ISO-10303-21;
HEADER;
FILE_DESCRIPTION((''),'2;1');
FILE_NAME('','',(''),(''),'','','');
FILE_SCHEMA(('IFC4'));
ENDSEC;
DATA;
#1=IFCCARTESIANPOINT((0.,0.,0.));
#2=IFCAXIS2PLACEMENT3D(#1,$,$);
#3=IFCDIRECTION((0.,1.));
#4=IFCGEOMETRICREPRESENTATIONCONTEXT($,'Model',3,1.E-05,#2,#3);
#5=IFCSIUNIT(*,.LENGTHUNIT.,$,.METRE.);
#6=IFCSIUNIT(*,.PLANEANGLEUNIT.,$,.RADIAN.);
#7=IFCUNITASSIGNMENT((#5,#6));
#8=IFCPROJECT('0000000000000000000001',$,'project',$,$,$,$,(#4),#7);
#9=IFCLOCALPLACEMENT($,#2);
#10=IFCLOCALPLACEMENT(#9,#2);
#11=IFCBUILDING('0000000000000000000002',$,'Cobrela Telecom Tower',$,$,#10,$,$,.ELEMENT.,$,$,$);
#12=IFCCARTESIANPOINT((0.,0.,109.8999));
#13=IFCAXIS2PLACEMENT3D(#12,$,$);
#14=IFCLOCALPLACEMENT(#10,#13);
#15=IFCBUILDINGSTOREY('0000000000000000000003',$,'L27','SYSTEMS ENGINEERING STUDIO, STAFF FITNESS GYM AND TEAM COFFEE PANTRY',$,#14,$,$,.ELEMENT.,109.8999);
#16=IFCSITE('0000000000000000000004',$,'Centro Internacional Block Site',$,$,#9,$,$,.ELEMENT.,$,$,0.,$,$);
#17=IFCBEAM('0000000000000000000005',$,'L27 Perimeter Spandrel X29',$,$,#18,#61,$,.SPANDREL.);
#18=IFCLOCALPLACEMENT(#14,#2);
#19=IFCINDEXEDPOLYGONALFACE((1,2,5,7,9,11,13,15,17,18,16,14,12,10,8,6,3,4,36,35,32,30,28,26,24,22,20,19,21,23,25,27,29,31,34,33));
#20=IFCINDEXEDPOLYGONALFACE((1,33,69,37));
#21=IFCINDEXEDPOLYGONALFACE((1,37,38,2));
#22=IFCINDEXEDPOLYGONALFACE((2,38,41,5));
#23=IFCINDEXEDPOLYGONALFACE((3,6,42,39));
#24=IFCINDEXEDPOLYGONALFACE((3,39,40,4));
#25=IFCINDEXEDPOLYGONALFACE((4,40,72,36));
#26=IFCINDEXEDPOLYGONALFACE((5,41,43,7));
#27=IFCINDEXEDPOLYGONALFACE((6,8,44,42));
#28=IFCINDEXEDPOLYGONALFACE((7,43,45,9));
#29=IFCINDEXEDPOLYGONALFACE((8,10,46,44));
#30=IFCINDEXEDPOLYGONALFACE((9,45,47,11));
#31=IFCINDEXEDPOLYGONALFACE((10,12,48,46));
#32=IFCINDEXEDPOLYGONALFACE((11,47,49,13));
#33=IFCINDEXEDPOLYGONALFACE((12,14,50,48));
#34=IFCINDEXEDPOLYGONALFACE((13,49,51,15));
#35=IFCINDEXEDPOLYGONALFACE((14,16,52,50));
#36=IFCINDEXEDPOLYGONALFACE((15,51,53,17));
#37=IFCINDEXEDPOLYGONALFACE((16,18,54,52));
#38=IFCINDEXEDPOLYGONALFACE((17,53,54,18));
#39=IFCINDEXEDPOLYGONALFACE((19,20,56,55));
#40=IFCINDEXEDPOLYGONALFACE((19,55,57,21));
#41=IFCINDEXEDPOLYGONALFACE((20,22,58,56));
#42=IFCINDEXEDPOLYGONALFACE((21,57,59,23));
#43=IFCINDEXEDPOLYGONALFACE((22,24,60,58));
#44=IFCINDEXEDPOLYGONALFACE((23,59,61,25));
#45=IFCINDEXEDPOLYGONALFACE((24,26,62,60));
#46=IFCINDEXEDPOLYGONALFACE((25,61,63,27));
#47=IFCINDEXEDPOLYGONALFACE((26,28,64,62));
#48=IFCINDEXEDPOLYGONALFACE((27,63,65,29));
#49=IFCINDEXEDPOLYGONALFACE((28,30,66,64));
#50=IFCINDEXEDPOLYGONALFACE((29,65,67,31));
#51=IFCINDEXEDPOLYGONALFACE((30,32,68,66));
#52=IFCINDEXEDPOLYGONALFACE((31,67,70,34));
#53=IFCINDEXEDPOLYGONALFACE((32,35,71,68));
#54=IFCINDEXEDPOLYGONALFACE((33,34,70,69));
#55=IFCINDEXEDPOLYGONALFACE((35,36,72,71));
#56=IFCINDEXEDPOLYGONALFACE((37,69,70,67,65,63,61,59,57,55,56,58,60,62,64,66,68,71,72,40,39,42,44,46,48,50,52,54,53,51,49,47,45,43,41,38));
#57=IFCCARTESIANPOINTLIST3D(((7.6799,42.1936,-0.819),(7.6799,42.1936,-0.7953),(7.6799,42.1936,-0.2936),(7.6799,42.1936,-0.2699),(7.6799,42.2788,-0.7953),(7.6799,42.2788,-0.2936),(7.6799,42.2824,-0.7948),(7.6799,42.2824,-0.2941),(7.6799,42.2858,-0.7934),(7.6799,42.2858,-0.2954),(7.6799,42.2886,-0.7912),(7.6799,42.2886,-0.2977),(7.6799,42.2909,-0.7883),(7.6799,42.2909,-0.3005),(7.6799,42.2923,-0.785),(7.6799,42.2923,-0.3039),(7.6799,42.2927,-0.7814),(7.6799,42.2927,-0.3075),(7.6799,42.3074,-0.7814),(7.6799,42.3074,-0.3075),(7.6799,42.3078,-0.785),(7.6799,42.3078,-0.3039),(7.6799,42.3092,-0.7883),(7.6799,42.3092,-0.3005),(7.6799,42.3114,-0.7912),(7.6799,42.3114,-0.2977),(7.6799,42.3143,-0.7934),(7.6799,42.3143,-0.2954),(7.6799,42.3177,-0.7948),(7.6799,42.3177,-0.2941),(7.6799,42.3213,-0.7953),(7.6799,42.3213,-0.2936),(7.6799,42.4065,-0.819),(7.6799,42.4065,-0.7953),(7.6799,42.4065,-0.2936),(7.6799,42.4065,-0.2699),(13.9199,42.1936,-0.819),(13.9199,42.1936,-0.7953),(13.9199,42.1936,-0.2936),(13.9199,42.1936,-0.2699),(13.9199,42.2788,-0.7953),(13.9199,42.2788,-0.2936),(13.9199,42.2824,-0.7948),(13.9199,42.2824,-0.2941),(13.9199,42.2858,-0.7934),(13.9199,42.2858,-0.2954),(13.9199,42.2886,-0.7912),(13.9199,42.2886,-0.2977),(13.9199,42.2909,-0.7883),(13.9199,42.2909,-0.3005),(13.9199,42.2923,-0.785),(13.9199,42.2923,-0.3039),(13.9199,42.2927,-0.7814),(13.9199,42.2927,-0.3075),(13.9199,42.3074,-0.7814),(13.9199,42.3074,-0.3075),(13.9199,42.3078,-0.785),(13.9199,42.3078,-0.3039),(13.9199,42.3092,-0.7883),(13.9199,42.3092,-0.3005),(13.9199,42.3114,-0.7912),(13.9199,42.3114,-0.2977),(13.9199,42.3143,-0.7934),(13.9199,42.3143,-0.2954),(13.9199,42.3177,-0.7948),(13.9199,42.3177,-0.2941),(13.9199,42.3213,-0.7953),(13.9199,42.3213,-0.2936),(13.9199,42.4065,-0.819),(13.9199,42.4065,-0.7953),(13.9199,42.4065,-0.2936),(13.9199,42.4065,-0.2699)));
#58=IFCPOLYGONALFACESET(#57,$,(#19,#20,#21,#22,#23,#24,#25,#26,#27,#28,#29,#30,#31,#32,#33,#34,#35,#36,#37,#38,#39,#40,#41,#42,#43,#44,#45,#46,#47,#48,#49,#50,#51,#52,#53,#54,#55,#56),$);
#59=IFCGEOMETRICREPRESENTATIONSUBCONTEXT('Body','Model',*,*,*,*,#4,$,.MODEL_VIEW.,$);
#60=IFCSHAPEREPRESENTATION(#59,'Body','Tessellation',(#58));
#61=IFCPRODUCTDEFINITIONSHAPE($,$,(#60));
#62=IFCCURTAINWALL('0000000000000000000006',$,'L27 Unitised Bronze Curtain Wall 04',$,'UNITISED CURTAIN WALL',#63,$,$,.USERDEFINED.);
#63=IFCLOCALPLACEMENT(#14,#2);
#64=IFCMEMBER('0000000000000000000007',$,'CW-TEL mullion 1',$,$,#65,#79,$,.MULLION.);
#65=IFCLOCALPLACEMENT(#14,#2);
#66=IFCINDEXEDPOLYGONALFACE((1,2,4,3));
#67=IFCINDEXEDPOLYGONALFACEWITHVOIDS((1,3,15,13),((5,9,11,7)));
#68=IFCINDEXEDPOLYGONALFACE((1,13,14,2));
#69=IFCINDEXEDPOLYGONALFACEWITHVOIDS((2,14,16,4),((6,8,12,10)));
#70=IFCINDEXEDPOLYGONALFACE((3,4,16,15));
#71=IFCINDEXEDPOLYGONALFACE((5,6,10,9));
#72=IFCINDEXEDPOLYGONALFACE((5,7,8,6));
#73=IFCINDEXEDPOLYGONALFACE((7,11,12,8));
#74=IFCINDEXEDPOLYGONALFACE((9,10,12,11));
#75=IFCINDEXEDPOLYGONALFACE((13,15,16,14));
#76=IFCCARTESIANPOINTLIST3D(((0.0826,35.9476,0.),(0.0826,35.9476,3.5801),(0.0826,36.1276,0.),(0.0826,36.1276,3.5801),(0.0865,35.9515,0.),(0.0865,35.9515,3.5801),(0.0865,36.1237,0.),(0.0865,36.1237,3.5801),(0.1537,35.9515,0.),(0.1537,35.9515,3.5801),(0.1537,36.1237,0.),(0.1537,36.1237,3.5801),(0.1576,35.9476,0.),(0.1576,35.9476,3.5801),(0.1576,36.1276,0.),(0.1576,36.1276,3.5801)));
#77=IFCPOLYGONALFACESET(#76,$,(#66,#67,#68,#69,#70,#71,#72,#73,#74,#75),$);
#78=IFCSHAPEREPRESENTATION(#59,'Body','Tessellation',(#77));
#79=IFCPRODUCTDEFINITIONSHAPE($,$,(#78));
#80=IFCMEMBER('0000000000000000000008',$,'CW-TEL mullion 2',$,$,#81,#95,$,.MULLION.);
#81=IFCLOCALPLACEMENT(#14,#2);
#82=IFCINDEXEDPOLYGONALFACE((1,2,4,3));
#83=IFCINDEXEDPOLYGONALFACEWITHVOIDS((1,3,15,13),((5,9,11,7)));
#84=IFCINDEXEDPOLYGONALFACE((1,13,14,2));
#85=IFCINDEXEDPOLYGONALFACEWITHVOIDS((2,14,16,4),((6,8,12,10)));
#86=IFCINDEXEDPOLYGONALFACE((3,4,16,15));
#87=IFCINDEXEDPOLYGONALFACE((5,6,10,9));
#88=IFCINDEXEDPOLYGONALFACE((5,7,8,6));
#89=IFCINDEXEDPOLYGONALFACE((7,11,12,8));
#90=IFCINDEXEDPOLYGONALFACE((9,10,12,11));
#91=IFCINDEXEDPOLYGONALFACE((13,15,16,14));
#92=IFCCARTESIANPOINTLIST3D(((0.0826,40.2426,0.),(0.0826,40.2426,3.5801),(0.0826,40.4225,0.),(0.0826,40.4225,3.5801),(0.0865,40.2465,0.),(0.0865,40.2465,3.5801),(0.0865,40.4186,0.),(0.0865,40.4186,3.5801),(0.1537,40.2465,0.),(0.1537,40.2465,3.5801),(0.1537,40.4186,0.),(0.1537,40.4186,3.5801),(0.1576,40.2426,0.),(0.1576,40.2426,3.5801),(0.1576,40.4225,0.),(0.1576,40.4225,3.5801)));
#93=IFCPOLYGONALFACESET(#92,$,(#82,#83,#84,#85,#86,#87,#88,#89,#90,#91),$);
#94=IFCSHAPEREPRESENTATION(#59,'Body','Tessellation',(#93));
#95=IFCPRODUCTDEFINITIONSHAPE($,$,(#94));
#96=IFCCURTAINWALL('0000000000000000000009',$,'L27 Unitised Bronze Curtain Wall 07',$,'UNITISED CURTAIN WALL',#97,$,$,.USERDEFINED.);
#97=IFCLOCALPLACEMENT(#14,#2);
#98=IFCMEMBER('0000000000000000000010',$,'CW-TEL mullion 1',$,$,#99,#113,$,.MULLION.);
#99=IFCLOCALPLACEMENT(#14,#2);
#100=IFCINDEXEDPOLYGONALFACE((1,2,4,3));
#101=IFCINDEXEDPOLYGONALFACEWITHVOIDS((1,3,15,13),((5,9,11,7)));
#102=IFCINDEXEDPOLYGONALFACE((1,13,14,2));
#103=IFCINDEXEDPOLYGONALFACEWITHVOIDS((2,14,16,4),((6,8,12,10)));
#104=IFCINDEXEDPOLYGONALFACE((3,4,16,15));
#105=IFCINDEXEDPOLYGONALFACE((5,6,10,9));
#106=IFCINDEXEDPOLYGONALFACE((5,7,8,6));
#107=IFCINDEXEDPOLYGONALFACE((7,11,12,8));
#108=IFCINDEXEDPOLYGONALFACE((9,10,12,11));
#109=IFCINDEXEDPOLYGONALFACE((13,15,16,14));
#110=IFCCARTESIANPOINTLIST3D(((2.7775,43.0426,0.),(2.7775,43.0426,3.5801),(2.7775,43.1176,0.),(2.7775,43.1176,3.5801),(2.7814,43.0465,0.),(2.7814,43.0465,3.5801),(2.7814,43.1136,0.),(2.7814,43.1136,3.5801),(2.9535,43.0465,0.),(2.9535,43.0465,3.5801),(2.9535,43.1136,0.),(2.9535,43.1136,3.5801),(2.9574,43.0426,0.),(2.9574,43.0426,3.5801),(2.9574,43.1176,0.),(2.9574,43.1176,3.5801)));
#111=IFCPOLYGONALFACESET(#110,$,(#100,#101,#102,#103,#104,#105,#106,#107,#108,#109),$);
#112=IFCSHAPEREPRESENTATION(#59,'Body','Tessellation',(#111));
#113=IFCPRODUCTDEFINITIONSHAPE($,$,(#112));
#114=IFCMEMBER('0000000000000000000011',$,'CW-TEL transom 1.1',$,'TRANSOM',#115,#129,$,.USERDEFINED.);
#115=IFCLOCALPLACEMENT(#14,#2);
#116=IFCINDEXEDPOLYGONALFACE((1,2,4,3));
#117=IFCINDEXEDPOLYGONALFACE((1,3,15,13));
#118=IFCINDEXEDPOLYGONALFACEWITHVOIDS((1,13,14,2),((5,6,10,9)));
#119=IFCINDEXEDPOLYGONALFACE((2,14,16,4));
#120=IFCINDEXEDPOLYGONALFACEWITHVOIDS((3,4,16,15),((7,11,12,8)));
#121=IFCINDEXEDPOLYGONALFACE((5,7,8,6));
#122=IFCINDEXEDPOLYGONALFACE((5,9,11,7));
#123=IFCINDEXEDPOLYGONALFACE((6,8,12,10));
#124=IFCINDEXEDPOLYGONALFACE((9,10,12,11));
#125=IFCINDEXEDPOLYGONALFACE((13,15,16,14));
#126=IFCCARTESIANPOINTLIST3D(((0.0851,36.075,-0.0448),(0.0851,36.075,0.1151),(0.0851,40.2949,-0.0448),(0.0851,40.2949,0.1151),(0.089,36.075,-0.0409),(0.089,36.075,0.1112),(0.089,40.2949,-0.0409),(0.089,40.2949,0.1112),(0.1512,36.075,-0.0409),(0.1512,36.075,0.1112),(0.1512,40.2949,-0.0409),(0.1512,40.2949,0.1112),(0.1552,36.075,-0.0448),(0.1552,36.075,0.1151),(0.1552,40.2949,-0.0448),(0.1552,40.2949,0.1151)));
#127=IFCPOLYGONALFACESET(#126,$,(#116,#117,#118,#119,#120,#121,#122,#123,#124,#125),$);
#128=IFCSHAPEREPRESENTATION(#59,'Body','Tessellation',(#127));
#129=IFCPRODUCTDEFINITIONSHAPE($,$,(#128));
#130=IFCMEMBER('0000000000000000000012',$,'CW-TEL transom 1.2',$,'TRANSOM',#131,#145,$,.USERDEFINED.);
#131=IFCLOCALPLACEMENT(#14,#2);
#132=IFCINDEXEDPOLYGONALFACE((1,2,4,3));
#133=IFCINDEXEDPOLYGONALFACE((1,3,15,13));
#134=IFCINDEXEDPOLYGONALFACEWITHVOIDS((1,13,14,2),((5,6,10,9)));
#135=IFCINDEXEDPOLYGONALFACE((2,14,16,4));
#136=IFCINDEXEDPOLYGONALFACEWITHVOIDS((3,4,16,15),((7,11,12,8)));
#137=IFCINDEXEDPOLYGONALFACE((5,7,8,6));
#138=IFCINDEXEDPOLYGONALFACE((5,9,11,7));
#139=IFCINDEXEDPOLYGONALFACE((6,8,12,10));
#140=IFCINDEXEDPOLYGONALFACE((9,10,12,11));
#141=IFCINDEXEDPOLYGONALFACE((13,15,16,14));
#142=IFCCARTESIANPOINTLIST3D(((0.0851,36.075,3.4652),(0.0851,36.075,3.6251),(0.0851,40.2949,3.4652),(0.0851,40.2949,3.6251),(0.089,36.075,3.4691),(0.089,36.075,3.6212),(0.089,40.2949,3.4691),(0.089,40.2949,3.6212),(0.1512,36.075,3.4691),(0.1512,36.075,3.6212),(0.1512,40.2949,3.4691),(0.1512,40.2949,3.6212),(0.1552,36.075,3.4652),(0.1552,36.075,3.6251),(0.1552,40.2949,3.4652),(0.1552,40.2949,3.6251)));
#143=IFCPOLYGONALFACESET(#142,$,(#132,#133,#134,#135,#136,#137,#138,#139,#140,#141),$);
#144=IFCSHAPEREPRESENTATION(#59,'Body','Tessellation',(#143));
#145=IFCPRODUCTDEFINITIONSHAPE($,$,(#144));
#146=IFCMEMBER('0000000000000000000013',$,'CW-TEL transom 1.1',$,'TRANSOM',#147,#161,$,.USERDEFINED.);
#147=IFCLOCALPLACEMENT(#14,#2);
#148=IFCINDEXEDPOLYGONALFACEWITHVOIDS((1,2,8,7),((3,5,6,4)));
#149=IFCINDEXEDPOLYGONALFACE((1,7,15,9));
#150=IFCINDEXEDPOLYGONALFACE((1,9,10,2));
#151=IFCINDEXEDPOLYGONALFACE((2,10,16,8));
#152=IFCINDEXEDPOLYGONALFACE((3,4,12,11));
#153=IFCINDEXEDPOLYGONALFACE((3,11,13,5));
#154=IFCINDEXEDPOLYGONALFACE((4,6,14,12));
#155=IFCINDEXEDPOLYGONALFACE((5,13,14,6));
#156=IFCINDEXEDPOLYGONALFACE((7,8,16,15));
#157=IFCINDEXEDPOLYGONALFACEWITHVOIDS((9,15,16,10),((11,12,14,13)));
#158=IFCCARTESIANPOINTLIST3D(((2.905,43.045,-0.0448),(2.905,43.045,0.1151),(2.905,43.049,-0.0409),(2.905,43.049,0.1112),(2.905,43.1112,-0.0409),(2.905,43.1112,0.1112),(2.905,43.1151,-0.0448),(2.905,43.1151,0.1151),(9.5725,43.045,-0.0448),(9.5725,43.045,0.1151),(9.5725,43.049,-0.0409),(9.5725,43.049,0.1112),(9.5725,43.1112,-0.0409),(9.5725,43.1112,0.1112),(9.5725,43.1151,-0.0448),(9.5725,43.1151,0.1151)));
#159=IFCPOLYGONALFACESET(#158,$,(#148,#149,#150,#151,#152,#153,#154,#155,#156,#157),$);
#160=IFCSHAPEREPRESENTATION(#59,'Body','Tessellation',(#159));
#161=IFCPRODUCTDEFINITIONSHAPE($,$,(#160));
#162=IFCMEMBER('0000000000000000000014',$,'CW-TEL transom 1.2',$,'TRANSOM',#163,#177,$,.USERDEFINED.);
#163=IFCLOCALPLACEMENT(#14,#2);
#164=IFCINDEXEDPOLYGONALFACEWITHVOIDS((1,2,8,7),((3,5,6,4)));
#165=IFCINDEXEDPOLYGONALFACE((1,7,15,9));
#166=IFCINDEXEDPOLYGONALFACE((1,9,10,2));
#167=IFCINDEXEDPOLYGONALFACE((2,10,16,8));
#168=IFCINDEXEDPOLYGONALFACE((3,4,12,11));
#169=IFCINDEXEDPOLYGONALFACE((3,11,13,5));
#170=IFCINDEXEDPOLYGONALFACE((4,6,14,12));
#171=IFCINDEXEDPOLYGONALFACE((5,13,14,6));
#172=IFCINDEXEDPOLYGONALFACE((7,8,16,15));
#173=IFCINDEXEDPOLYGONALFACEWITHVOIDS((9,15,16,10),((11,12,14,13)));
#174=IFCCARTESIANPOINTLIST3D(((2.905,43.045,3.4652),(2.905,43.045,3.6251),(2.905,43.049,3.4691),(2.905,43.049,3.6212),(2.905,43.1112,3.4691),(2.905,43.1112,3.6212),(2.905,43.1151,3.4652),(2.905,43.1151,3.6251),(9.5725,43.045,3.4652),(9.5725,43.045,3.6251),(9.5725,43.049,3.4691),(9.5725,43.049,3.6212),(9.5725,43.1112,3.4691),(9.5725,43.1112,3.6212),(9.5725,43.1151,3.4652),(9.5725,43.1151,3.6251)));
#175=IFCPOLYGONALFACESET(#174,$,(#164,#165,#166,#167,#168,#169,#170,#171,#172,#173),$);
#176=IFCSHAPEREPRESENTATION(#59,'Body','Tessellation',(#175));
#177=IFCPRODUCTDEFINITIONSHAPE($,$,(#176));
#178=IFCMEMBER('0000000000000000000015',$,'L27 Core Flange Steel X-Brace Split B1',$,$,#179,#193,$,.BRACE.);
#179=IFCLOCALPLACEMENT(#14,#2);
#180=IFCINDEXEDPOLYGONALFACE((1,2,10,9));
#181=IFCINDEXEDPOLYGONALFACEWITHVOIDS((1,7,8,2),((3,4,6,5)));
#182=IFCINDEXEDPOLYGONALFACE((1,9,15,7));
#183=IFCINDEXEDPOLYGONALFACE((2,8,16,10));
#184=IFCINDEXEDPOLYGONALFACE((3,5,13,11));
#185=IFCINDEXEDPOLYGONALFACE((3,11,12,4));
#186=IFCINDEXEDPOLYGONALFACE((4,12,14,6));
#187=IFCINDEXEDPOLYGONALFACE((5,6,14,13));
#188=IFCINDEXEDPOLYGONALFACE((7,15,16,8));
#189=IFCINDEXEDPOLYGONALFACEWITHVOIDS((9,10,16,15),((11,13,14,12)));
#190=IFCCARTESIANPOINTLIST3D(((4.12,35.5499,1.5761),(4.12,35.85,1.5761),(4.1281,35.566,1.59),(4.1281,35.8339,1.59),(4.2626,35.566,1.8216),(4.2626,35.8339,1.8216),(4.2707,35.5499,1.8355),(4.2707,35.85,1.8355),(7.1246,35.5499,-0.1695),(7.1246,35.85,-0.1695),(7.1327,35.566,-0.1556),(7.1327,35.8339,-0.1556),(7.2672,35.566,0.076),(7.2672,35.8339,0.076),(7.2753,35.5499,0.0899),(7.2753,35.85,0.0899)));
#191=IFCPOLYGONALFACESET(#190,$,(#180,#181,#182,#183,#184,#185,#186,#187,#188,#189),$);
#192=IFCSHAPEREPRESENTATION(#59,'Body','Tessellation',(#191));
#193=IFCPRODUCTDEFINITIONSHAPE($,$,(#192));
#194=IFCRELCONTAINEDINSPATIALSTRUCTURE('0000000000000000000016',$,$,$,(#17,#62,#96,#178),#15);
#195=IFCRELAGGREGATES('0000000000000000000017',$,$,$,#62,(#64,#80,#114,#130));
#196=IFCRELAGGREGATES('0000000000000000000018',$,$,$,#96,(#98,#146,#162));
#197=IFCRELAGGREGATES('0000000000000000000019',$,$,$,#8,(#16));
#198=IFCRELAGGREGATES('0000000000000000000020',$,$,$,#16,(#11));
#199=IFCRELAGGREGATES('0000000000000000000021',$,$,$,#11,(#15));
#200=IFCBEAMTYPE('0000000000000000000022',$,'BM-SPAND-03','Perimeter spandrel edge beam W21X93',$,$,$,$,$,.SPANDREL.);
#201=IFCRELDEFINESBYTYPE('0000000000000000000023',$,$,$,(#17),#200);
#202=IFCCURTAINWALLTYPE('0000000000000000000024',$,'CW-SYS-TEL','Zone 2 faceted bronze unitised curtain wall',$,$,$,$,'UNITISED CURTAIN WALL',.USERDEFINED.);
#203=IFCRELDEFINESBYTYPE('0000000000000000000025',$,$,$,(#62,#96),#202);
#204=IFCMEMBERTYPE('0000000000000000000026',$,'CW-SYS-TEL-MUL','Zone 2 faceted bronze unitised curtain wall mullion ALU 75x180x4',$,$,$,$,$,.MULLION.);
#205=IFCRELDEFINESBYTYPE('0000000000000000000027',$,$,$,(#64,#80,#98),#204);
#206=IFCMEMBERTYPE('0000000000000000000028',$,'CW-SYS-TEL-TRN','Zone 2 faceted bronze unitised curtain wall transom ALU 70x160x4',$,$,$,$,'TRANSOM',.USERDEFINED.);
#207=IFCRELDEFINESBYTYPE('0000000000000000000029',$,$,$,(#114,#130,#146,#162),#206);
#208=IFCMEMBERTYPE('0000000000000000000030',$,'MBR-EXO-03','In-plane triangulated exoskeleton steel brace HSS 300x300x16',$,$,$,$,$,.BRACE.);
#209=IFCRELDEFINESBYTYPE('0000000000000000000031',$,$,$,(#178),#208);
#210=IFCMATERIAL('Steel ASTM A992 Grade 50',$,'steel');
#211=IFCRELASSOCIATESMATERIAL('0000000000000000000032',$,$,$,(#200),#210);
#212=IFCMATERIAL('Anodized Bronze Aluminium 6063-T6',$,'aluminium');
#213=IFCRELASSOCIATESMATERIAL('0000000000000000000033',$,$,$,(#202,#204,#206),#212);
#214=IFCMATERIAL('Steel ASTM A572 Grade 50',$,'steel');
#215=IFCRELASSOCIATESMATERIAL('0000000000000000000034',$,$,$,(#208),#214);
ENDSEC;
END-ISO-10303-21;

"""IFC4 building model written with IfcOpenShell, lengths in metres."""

from ifc_helpers import new_model, si_unit, direction, frame, origin, origin_2d, place, context, subcontext, project, spatial, hollow_rectangle, i_section, extrude, material, material_profile, profile_set, type_object, element, aggregate, save


model = new_model("IFC4")

# Units and contexts
model_context = context("Model", 3, precision=1e-05, world=origin(), true_north=direction((0.0, 1.0)))
body_context = subcontext(model_context, "Body", "Model", "MODEL_VIEW")
ifc_project = project(units=[si_unit("LENGTHUNIT", "METRE"), si_unit("PLANEANGLEUNIT", "RADIAN")], contexts=[model_context])

# Site, building, storey
site_placement = place(None, origin())
site = spatial("IfcSite", under=ifc_project, at=site_placement, Name="Centro Internacional Block Site", CompositionType="ELEMENT", RefElevation=0.0)
building_placement = place(site_placement, origin())
building = spatial("IfcBuilding", under=site, at=building_placement, Name="Cobrela Telecom Tower", CompositionType="ELEMENT")
storey_placement = place(building_placement, frame((0.0, 0.0, 109.8999)))
storey = spatial("IfcBuildingStorey", under=building, at=storey_placement, Name="L27", Description="SYSTEMS ENGINEERING STUDIO, STAFF FITNESS GYM AND TEAM COFFEE PANTRY", CompositionType="ELEMENT", Elevation=109.8999)

# Shared definitions
ifc_material_1 = material(Name="Steel ASTM A572 Grade 50", Category="steel")

# Beam
ifc_material_2 = material(Name="Steel ASTM A992 Grade 50", Category="steel")
ifc_material_profile_1 = material_profile(ifc_material_2, i_section(OverallWidth=0.2129, OverallDepth=0.5491, WebThickness=0.0146, FlangeThickness=0.0237, FilletRadius=0.0139, at=origin_2d()), Name="W21X93")
ifc_profile_set_1 = profile_set([ifc_material_profile_1], Name="Steel ASTM A992 Grade 50")
beam_type_1 = type_object("IfcBeamType", Name="BM-SPAND-03", Description="Perimeter spandrel edge beam W21X93", PredefinedType="SPANDREL", material=ifc_profile_set_1)
beam_1_placement = place(storey_placement, frame((7.6799, 42.3, -0.5444), z_axis=(1.0, 0.0, 0.0), x_axis=(0.0, 1.0, 0.0)))
element("IfcBeam", 1, at=beam_1_placement, inside=storey, type_object=beam_type_1, Name="L27 Perimeter Spandrel X29", PredefinedType="SPANDREL", context=body_context, shape_type="SweptSolid", body=[
    extrude(i_section(OverallWidth=0.2129, OverallDepth=0.5491, WebThickness=0.0146, FlangeThickness=0.0237, FilletRadius=0.0139, at=origin_2d()), origin(), (0.0, 0.0, 1.0), 6.24),
])

# Curtain wall, members
ifc_material_3 = material(Name="Anodized Bronze Aluminium 6063-T6", Category="aluminium")
curtain_wall_type = type_object("IfcCurtainWallType", Name="CW-SYS-TEL", Description="Zone 2 faceted bronze unitised curtain wall", ElementType="UNITISED CURTAIN WALL", PredefinedType="USERDEFINED", material=ifc_material_3)
curtain_wall_1_placement = place(storey_placement, origin())
curtain_wall_1 = element("IfcCurtainWall", 2, at=curtain_wall_1_placement, inside=storey, type_object=curtain_wall_type, Name="L27 Unitised Bronze Curtain Wall 04", ObjectType="UNITISED CURTAIN WALL", PredefinedType="USERDEFINED")
ifc_material_profile_2 = material_profile(ifc_material_3, hollow_rectangle(XDim=0.075, YDim=0.1799, WallThickness=0.0039, at=origin_2d()), Name="ALU 75x180x4")
ifc_profile_set_2 = profile_set([ifc_material_profile_2], Name="Anodized Bronze Aluminium 6063-T6")
member_type_1 = type_object("IfcMemberType", Name="CW-SYS-TEL-MUL", Description="Zone 2 faceted bronze unitised curtain wall mullion ALU 75x180x4", PredefinedType="MULLION", material=ifc_profile_set_2)
member_1_placement = place(storey_placement, frame((0.1201, 36.0376, 0.0), z_axis=(0.0, 0.0, 1.0), x_axis=(-1.0, 0.0, 0.0)))
member_1 = element("IfcMember", 3, at=member_1_placement, type_object=member_type_1, Name="CW-TEL mullion 1", PredefinedType="MULLION", context=body_context, shape_type="SweptSolid", body=[
    extrude(hollow_rectangle(XDim=0.075, YDim=0.1799, WallThickness=0.0039, at=origin_2d()), origin(), (0.0, 0.0, 1.0), 3.5801),
])
member_2_placement = place(storey_placement, frame((0.1201, 40.3325, 0.0), z_axis=(0.0, 0.0, 1.0), x_axis=(-1.0, 0.0, 0.0)))
member_2 = element("IfcMember", 4, at=member_2_placement, type_object=member_type_1, Name="CW-TEL mullion 2", PredefinedType="MULLION", context=body_context, shape_type="SweptSolid", body=[
    extrude(hollow_rectangle(XDim=0.075, YDim=0.1799, WallThickness=0.0039, at=origin_2d()), origin(), (0.0, 0.0, 1.0), 3.5801),
])

# Curtain wall, member
curtain_wall_2_placement = place(storey_placement, origin())
curtain_wall_2 = element("IfcCurtainWall", 5, at=curtain_wall_2_placement, inside=storey, type_object=curtain_wall_type, Name="L27 Unitised Bronze Curtain Wall 07", ObjectType="UNITISED CURTAIN WALL", PredefinedType="USERDEFINED")
member_3_placement = place(storey_placement, frame((2.8674, 43.0801, 0.0), z_axis=(0.0, 0.0, 1.0), x_axis=(0.0, 1.0, 0.0)))
member_3 = element("IfcMember", 6, at=member_3_placement, type_object=member_type_1, Name="CW-TEL mullion 1", PredefinedType="MULLION", context=body_context, shape_type="SweptSolid", body=[
    extrude(hollow_rectangle(XDim=0.075, YDim=0.1799, WallThickness=0.0039, at=origin_2d()), origin(), (0.0, 0.0, 1.0), 3.5801),
])

# Members
ifc_material_profile_3 = material_profile(ifc_material_3, hollow_rectangle(XDim=0.0701, YDim=0.1599, WallThickness=0.0039, at=origin_2d()), Name="ALU 70x160x4")
ifc_profile_set_3 = profile_set([ifc_material_profile_3], Name="Anodized Bronze Aluminium 6063-T6")
member_type_2 = type_object("IfcMemberType", Name="CW-SYS-TEL-TRN", Description="Zone 2 faceted bronze unitised curtain wall transom ALU 70x160x4", ElementType="TRANSOM", PredefinedType="USERDEFINED", material=ifc_profile_set_3)
member_4_placement = place(storey_placement, frame((0.1201, 36.075, 0.0352), z_axis=(0.0, 1.0, 0.0), x_axis=(-1.0, 0.0, 0.0)))
member_4 = element("IfcMember", 7, at=member_4_placement, type_object=member_type_2, Name="CW-TEL transom 1.1", ObjectType="TRANSOM", PredefinedType="USERDEFINED", context=body_context, shape_type="SweptSolid", body=[
    extrude(hollow_rectangle(XDim=0.0701, YDim=0.1599, WallThickness=0.0039, at=origin_2d()), origin(), (0.0, 0.0, 1.0), 4.22),
])
member_5_placement = place(storey_placement, frame((0.1201, 36.075, 3.5452), z_axis=(0.0, 1.0, 0.0), x_axis=(-1.0, 0.0, 0.0)))
member_5 = element("IfcMember", 8, at=member_5_placement, type_object=member_type_2, Name="CW-TEL transom 1.2", ObjectType="TRANSOM", PredefinedType="USERDEFINED", context=body_context, shape_type="SweptSolid", body=[
    extrude(hollow_rectangle(XDim=0.0701, YDim=0.1599, WallThickness=0.0039, at=origin_2d()), origin(), (0.0, 0.0, 1.0), 4.22),
])
member_6_placement = place(storey_placement, frame((2.905, 43.0801, 0.0352), z_axis=(1.0, 0.0, 0.0), x_axis=(0.0, 1.0, 0.0)))
member_6 = element("IfcMember", 9, at=member_6_placement, type_object=member_type_2, Name="CW-TEL transom 1.1", ObjectType="TRANSOM", PredefinedType="USERDEFINED", context=body_context, shape_type="SweptSolid", body=[
    extrude(hollow_rectangle(XDim=0.0701, YDim=0.1599, WallThickness=0.0039, at=origin_2d()), origin(), (0.0, 0.0, 1.0), 6.6675),
])
member_7_placement = place(storey_placement, frame((2.905, 43.0801, 3.5452), z_axis=(1.0, 0.0, 0.0), x_axis=(0.0, 1.0, 0.0)))
member_7 = element("IfcMember", 10, at=member_7_placement, type_object=member_type_2, Name="CW-TEL transom 1.2", ObjectType="TRANSOM", PredefinedType="USERDEFINED", context=body_context, shape_type="SweptSolid", body=[
    extrude(hollow_rectangle(XDim=0.0701, YDim=0.1599, WallThickness=0.0039, at=origin_2d()), origin(), (0.0, 0.0, 1.0), 6.6675),
])
ifc_material_profile_4 = material_profile(ifc_material_1, hollow_rectangle(XDim=0.3, YDim=0.3, WallThickness=0.0161, at=origin_2d()), Name="HSS 300x300x16")
ifc_profile_set_4 = profile_set([ifc_material_profile_4], Name="Steel ASTM A572 Grade 50")
member_type_3 = type_object("IfcMemberType", Name="MBR-EXO-03", Description="In-plane triangulated exoskeleton steel brace HSS 300x300x16", PredefinedType="BRACE", material=ifc_profile_set_4)
member_8_placement = place(storey_placement, frame((7.2, 35.7, -0.0398), z_axis=(-0.864667, 0.0, 0.502346), x_axis=(0.0, -1.0, 0.0)))
element("IfcMember", 11, at=member_8_placement, inside=storey, type_object=member_type_3, Name="L27 Core Flange Steel X-Brace Split B1", PredefinedType="BRACE", context=body_context, shape_type="SweptSolid", body=[
    extrude(hollow_rectangle(XDim=0.3, YDim=0.3, WallThickness=0.0161, at=origin_2d()), origin(), (0.0, 0.0, 1.0), 3.4749),
])

aggregate(curtain_wall_1, [member_1, member_2, member_4, member_5])
aggregate(curtain_wall_2, [member_3, member_6, member_7])

save(model, "model.ifc")
